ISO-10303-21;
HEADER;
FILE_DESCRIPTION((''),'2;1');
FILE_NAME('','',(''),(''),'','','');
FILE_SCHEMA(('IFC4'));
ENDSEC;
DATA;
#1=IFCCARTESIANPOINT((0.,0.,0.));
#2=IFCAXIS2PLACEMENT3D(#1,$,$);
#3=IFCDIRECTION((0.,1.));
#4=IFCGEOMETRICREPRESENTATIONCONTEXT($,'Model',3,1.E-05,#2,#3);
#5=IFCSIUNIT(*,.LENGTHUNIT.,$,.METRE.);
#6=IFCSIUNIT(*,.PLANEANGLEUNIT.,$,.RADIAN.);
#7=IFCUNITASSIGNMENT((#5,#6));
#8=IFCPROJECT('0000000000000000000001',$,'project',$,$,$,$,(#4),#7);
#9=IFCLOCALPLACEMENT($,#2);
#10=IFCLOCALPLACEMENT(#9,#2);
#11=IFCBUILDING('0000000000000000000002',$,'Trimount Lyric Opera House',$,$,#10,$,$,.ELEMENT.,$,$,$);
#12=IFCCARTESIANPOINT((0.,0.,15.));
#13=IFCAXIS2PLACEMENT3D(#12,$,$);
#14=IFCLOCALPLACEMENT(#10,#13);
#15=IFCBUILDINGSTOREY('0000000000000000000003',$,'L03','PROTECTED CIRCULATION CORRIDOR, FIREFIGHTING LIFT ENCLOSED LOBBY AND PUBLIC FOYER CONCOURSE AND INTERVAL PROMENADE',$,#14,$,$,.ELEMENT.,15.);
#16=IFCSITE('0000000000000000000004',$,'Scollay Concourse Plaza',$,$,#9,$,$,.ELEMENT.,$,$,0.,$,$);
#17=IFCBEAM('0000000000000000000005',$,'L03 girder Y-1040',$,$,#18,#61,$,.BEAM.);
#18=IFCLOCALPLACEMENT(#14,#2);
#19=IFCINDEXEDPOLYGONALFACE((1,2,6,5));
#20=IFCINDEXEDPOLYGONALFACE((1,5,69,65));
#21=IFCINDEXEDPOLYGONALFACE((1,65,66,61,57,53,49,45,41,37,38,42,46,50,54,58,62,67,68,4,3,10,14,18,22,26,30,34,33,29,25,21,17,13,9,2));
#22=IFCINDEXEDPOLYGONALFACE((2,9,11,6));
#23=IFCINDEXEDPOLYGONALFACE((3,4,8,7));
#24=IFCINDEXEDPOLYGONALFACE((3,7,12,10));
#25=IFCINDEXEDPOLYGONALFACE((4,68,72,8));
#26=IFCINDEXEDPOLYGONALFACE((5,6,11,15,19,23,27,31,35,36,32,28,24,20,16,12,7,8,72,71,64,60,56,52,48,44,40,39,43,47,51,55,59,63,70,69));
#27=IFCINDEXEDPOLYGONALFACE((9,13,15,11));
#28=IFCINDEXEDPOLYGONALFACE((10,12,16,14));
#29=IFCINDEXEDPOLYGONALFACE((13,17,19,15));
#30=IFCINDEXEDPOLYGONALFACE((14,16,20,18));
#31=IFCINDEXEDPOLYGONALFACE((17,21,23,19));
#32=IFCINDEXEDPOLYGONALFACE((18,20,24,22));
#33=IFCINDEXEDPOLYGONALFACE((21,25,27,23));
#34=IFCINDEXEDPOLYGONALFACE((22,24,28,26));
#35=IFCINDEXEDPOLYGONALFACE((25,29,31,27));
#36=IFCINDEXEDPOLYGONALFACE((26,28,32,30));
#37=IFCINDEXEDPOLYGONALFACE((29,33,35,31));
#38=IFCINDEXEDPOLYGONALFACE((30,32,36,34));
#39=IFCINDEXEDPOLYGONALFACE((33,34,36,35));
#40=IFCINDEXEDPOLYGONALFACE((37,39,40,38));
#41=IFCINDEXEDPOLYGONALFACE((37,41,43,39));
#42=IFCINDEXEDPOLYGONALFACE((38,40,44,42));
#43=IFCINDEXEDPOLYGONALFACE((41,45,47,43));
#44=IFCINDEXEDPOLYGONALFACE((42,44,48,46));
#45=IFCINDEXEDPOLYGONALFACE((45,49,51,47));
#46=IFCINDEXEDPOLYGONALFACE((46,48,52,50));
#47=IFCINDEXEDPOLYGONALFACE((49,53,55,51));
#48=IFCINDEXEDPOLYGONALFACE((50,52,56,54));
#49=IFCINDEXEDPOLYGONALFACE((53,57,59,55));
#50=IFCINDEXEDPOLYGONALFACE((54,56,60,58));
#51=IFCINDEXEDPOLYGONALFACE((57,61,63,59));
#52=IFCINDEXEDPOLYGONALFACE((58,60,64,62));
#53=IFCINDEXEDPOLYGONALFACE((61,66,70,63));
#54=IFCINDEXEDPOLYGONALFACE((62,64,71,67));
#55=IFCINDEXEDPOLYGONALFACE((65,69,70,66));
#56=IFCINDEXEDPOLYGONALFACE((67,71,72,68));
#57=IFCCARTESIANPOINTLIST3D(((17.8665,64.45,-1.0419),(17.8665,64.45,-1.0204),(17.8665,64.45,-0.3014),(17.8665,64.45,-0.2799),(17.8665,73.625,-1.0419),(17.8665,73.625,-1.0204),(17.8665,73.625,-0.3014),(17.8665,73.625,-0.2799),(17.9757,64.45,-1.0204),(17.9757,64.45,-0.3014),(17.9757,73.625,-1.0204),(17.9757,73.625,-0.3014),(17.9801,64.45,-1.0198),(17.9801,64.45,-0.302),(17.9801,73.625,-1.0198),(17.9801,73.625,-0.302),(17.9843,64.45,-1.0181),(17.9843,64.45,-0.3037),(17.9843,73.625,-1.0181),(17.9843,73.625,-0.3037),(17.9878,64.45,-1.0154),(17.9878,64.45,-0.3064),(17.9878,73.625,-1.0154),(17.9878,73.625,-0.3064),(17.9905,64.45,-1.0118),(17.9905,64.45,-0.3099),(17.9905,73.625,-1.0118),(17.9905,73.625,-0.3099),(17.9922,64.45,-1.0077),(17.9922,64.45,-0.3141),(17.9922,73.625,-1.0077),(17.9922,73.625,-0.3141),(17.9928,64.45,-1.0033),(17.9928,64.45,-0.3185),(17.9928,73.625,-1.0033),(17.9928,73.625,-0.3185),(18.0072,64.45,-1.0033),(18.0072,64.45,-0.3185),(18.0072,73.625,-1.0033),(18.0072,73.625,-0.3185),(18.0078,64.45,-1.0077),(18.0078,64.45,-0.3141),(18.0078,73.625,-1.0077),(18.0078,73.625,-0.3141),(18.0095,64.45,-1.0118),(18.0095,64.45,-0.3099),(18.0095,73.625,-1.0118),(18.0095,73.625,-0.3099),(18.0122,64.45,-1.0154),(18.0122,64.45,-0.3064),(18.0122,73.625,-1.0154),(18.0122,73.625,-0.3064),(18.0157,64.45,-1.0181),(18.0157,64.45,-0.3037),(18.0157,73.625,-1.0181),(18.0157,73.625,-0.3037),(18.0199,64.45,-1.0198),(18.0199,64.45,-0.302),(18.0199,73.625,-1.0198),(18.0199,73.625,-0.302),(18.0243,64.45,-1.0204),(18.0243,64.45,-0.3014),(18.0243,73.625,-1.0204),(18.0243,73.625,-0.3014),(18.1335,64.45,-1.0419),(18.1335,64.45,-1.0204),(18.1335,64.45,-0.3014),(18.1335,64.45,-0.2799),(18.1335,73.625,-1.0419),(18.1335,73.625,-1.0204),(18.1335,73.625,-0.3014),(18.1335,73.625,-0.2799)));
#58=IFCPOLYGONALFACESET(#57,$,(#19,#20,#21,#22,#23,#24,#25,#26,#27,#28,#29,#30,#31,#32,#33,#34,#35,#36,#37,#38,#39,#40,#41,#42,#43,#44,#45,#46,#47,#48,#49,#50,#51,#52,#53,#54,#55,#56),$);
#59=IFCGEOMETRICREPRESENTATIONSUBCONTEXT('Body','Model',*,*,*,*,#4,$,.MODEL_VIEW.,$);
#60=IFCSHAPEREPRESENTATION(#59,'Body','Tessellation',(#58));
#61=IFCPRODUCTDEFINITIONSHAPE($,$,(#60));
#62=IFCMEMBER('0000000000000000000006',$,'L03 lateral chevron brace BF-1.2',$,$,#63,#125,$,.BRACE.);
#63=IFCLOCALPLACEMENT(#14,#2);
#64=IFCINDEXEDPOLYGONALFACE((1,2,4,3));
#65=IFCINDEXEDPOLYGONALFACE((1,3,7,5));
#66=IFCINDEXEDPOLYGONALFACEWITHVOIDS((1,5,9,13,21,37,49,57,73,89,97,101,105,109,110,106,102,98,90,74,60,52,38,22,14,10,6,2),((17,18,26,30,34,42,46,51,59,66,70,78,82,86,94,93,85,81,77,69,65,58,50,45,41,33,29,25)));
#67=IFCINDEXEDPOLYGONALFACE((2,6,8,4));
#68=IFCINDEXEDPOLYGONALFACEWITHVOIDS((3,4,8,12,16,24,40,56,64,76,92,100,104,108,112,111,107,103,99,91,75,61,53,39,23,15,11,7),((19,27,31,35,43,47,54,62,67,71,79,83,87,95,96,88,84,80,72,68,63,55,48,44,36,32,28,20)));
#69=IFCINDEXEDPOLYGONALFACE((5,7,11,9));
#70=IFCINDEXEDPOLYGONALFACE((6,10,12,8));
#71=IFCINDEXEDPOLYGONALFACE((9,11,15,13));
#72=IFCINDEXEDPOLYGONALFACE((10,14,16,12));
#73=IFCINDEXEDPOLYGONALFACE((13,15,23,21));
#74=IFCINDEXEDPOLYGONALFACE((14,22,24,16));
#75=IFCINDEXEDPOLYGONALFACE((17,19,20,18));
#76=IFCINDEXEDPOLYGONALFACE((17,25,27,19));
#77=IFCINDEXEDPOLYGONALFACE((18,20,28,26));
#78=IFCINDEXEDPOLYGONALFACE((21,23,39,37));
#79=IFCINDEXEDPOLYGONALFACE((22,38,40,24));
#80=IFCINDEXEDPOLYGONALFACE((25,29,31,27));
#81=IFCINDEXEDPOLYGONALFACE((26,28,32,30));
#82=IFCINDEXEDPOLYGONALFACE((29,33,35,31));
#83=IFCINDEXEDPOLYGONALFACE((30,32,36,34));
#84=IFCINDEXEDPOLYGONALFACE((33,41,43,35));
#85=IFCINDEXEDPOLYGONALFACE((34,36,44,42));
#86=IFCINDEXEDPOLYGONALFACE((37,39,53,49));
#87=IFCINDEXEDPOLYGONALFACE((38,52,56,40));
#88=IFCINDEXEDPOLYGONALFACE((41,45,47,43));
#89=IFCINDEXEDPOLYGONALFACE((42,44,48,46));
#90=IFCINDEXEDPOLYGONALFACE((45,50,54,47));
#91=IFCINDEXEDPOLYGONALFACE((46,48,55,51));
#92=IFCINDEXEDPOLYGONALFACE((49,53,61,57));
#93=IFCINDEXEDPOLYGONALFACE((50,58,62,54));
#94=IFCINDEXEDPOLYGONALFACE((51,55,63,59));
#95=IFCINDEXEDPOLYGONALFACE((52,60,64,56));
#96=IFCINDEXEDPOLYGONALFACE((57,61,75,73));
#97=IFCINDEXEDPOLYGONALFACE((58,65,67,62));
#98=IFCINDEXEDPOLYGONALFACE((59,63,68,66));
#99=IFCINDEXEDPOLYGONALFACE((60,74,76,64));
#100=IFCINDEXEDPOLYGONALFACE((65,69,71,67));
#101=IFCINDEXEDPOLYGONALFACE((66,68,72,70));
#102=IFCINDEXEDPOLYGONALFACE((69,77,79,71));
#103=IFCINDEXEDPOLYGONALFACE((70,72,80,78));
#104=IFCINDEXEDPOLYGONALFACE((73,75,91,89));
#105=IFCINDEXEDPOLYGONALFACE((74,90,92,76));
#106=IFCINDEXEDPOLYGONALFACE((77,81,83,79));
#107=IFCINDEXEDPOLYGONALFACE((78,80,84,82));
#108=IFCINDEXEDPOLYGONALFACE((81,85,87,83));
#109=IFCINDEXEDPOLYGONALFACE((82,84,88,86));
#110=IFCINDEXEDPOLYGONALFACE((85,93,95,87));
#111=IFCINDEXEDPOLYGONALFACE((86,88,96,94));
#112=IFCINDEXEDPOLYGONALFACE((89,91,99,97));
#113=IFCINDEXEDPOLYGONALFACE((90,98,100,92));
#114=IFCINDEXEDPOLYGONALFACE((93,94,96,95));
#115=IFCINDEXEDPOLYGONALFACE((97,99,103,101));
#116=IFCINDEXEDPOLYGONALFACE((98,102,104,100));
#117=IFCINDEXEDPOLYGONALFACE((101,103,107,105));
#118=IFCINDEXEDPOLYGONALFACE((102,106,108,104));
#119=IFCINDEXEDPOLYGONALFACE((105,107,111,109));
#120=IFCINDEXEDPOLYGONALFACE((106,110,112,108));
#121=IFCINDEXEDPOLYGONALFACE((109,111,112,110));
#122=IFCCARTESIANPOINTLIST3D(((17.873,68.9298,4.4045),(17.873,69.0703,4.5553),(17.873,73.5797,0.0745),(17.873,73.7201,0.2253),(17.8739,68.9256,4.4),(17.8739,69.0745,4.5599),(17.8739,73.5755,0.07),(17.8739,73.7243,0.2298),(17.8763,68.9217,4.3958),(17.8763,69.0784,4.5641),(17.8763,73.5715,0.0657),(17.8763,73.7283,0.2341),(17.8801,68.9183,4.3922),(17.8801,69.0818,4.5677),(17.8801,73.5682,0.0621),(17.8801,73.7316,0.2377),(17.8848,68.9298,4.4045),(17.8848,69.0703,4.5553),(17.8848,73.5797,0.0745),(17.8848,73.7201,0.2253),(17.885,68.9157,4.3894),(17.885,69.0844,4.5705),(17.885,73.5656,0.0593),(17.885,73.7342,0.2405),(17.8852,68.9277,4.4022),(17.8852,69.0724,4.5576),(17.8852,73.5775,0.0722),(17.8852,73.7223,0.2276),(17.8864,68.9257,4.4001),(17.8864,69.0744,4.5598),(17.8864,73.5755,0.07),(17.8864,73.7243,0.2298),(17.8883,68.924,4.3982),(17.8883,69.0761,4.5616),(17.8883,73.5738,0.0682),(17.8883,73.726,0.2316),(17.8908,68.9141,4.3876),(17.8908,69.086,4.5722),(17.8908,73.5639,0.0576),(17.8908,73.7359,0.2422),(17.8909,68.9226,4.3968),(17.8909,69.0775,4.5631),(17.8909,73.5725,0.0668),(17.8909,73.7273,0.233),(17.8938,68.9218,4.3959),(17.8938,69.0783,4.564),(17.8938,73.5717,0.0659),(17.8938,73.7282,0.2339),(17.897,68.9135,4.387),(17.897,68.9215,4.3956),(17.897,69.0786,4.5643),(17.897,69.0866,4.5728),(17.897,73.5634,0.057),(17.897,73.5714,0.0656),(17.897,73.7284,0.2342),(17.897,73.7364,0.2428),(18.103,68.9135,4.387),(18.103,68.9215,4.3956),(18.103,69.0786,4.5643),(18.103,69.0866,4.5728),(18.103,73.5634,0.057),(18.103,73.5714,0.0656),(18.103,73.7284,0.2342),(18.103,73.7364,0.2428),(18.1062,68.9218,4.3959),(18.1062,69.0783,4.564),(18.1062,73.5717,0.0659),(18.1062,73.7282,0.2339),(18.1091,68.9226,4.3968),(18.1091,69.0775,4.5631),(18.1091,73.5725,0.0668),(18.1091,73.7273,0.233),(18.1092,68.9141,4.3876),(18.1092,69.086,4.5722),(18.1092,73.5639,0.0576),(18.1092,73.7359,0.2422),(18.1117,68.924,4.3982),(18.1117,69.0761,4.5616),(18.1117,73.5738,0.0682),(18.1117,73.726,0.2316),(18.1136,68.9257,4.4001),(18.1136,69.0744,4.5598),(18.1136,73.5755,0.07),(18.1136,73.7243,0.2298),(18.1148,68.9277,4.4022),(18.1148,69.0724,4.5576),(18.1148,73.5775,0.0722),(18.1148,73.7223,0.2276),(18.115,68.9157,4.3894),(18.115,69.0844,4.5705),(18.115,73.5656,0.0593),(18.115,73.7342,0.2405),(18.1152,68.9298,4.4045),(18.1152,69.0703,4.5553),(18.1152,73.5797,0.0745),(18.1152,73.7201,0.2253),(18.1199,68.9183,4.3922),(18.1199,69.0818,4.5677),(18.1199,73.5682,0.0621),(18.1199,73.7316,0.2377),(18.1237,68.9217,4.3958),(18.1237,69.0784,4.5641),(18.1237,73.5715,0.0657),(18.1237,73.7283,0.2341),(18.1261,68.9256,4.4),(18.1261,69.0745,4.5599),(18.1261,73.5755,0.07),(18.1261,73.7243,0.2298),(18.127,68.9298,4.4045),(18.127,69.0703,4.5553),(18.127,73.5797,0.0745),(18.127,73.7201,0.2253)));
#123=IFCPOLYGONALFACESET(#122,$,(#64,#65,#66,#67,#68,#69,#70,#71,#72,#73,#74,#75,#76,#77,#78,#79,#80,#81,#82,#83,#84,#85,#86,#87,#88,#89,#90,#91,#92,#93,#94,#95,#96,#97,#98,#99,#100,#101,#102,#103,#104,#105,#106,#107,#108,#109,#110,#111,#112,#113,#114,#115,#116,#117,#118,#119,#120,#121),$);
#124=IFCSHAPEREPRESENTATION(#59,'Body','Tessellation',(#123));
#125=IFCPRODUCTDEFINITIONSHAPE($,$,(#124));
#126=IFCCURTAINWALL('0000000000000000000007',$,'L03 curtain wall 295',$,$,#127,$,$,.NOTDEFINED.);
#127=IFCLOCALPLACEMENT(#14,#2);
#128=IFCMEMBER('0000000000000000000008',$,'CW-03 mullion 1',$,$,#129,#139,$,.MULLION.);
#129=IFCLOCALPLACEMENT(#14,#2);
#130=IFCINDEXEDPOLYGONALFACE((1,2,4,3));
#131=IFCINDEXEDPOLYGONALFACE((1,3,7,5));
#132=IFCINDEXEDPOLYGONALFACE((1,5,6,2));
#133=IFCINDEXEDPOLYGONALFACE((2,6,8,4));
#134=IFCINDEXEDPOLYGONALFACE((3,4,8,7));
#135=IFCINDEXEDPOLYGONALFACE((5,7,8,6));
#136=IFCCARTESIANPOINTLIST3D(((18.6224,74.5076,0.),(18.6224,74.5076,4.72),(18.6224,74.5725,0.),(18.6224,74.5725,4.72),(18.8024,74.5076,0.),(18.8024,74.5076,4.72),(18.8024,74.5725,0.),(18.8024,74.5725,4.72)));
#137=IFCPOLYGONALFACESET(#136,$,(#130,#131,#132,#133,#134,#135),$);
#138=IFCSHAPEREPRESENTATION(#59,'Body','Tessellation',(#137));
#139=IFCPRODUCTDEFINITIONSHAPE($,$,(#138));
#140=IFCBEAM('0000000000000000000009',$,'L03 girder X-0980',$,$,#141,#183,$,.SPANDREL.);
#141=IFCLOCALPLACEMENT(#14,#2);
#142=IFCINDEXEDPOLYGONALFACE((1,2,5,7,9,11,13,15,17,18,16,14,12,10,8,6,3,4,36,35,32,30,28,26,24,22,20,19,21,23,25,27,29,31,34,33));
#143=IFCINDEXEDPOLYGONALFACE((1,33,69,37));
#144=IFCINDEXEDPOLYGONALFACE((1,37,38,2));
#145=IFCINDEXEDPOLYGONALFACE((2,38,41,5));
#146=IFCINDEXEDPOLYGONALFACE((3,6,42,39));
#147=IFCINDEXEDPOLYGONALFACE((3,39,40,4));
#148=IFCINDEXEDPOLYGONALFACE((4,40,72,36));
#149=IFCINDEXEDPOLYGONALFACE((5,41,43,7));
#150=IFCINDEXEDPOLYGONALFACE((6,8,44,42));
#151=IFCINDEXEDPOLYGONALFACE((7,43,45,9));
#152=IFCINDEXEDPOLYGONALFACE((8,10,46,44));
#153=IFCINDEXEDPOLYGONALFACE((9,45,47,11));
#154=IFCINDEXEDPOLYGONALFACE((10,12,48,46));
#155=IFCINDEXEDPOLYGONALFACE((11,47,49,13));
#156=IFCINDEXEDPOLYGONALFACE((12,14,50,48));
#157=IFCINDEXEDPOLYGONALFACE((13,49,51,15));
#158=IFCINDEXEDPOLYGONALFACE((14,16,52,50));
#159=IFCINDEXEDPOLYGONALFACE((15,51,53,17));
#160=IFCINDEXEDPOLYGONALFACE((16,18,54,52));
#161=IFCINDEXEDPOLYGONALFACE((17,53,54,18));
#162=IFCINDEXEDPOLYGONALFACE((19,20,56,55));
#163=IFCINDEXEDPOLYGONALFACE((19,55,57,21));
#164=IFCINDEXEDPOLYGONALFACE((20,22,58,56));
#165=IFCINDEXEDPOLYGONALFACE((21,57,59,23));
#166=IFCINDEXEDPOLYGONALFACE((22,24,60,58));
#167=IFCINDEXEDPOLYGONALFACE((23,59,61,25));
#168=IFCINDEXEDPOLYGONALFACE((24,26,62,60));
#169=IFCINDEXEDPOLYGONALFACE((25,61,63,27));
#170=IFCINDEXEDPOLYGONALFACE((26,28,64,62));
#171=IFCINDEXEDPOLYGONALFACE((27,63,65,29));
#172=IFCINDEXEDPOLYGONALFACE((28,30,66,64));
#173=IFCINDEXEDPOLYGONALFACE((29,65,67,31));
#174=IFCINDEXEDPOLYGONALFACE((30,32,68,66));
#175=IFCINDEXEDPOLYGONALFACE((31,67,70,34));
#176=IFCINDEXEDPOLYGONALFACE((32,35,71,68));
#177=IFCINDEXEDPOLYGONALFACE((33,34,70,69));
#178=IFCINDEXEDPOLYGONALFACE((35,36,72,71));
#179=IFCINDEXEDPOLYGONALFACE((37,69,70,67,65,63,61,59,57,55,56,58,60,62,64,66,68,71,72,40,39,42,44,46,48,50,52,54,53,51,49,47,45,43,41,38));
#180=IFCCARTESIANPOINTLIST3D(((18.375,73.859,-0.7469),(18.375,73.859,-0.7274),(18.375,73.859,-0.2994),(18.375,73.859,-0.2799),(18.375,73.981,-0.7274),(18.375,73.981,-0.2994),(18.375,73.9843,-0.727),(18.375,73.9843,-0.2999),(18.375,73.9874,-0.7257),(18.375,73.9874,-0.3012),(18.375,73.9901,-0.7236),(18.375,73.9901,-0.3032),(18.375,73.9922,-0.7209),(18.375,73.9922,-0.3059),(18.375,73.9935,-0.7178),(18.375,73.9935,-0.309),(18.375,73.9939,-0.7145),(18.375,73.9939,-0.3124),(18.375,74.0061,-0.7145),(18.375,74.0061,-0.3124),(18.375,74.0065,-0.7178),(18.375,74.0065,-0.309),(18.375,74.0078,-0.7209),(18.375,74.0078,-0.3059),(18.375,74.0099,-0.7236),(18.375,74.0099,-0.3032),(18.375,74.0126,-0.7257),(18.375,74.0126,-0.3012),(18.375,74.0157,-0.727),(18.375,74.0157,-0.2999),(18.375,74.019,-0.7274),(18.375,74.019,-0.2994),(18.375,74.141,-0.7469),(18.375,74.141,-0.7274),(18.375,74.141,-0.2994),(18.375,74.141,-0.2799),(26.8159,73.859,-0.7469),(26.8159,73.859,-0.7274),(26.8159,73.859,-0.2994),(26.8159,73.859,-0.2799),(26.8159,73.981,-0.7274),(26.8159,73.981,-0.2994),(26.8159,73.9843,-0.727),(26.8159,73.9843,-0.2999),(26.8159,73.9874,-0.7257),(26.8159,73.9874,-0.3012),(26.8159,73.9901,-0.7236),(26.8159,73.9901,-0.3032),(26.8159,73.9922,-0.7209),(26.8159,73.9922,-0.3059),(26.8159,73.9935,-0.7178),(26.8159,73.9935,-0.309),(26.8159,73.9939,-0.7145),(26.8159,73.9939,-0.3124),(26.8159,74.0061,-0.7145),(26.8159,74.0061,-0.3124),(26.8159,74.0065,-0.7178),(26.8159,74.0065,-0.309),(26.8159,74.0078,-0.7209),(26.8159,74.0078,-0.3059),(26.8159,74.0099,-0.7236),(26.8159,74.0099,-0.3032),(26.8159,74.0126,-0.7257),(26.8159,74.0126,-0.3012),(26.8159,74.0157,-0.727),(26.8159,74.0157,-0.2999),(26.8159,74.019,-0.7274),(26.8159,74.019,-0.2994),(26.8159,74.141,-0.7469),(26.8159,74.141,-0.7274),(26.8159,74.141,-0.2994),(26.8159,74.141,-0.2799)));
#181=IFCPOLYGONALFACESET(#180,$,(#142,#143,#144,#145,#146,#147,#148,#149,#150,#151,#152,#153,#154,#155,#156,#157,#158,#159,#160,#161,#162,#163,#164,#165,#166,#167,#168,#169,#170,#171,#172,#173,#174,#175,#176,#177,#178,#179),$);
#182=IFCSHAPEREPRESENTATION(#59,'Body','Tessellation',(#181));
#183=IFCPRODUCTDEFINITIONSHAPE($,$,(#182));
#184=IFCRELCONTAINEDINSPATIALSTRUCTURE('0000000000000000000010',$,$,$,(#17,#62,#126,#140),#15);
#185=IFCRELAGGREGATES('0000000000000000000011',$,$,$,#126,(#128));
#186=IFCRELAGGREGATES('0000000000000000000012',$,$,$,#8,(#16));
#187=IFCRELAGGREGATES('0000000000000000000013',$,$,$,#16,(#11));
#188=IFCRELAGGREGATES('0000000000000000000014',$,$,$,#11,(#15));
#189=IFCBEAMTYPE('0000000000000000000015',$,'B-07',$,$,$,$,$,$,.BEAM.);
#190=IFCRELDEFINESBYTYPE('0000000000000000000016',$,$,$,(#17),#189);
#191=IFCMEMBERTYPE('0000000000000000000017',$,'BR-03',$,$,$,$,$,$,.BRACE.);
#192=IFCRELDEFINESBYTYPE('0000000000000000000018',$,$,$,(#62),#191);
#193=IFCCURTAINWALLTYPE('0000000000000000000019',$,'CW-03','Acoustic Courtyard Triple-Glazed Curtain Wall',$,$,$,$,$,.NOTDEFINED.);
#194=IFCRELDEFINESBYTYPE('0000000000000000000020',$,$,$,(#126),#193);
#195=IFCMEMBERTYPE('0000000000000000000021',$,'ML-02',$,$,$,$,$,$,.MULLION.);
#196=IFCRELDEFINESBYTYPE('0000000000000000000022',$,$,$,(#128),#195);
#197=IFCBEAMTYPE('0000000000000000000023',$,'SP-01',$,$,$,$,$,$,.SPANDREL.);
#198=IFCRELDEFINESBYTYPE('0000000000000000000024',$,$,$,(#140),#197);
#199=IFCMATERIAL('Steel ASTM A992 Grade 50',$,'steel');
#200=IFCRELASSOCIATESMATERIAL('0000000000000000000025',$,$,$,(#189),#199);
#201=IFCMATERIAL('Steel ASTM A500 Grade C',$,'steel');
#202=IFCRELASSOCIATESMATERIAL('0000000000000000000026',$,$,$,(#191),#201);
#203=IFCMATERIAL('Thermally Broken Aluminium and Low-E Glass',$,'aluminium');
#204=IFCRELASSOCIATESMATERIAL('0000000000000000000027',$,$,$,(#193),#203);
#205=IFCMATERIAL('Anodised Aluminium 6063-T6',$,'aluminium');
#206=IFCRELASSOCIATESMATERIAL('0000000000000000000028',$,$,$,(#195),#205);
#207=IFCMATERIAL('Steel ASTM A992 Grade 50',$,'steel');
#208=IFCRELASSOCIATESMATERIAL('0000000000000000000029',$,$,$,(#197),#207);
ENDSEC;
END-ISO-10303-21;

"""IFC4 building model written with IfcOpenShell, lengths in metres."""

from ifc_helpers import new_model, si_unit, direction, frame, origin, origin_2d, place, context, subcontext, project, spatial, rectangle, hollow_rectangle, i_section, extrude, material, material_profile, profile_set, type_object, element, aggregate, save


model = new_model("IFC4")

# Units and contexts
model_context = context("Model", 3, precision=1e-05, world=origin(), true_north=direction((0.0, 1.0)))
body_context = subcontext(model_context, "Body", "Model", "MODEL_VIEW")
ifc_project = project(units=[si_unit("LENGTHUNIT", "METRE"), si_unit("PLANEANGLEUNIT", "RADIAN")], contexts=[model_context])

# Site, building, storey
site_placement = place(None, origin())
site = spatial("IfcSite", under=ifc_project, at=site_placement, Name="Scollay Concourse Plaza", CompositionType="ELEMENT", RefElevation=0.0)
building_placement = place(site_placement, origin())
building = spatial("IfcBuilding", under=site, at=building_placement, Name="Trimount Lyric Opera House", CompositionType="ELEMENT")
storey_placement = place(building_placement, frame((0.0, 0.0, 15.0)))
storey = spatial("IfcBuildingStorey", under=building, at=storey_placement, Name="L03", Description="PROTECTED CIRCULATION CORRIDOR, FIREFIGHTING LIFT ENCLOSED LOBBY AND PUBLIC FOYER CONCOURSE AND INTERVAL PROMENADE", CompositionType="ELEMENT", Elevation=15.0)

# Beam
ifc_material_1 = material(Name="Steel ASTM A992 Grade 50", Category="steel")
ifc_material_profile_1 = material_profile(ifc_material_1, i_section(OverallWidth=0.2671, OverallDepth=0.762, WebThickness=0.0144, FlangeThickness=0.0215, FilletRadius=0.0171, at=origin_2d()), Name="W30X116")
ifc_profile_set_1 = profile_set([ifc_material_profile_1], Name="Steel ASTM A992 Grade 50")
beam_type_1 = type_object("IfcBeamType", Name="B-07", PredefinedType="BEAM", material=ifc_profile_set_1)
beam_1_placement = place(storey_placement, frame((18.0, 64.45, -0.6609), z_axis=(0.0, 1.0, 0.0), x_axis=(-1.0, 0.0, 0.0)))
element("IfcBeam", 1, at=beam_1_placement, inside=storey, type_object=beam_type_1, Name="L03 girder Y-1040", PredefinedType="BEAM", context=body_context, shape_type="SweptSolid", body=[
    extrude(i_section(OverallWidth=0.2671, OverallDepth=0.762, WebThickness=0.0144, FlangeThickness=0.0215, FilletRadius=0.0171, at=origin_2d()), origin(), (0.0, 0.0, 1.0), 9.175),
])

# Member
ifc_material_2 = material(Name="Steel ASTM A500 Grade C", Category="steel")
ifc_material_profile_2 = material_profile(ifc_material_2, hollow_rectangle(XDim=0.2539, YDim=0.2539, WallThickness=0.0117, InnerFilletRadius=0.0122, OuterFilletRadius=0.0239, at=origin_2d()), Name="HSS254.0X254.0X12.7")
ifc_profile_set_2 = profile_set([ifc_material_profile_2], Name="Steel ASTM A500 Grade C")
member_type_1 = type_object("IfcMemberType", Name="BR-03", PredefinedType="BRACE", material=ifc_profile_set_2)
member_1_placement = place(storey_placement, frame((18.0, 73.6499, 0.1499), z_axis=(0.0, -0.731827, 0.681491), x_axis=(1.0, 0.0, 0.0)))
element("IfcMember", 2, at=member_1_placement, inside=storey, type_object=member_type_1, Name="L03 lateral chevron brace BF-1.2", PredefinedType="BRACE", context=body_context, shape_type="SweptSolid", body=[
    extrude(hollow_rectangle(XDim=0.2539, YDim=0.2539, WallThickness=0.0117, InnerFilletRadius=0.0122, OuterFilletRadius=0.0239, at=origin_2d()), origin(), (0.0, 0.0, 1.0), 6.3538),
])

# Curtain wall, member
ifc_material_3 = material(Name="Thermally Broken Aluminium and Low-E Glass", Category="aluminium")
curtain_wall_type = type_object("IfcCurtainWallType", Name="CW-03", Description="Acoustic Courtyard Triple-Glazed Curtain Wall", PredefinedType="NOTDEFINED", material=ifc_material_3)
curtain_wall_placement = place(storey_placement, origin())
curtain_wall = element("IfcCurtainWall", 3, at=curtain_wall_placement, inside=storey, type_object=curtain_wall_type, Name="L03 curtain wall 295", PredefinedType="NOTDEFINED")
ifc_material_4 = material(Name="Anodised Aluminium 6063-T6", Category="aluminium")
ifc_material_profile_3 = material_profile(ifc_material_4, rectangle(XDim=0.0649, YDim=0.1799, at=origin_2d()), Name="ALU-MULL-65X180")
ifc_profile_set_3 = profile_set([ifc_material_profile_3], Name="Anodised Aluminium 6063-T6")
member_type_2 = type_object("IfcMemberType", Name="ML-02", PredefinedType="MULLION", material=ifc_profile_set_3)
member_2_placement = place(storey_placement, frame((18.7124, 74.54, 0.0), z_axis=(0.0, 0.0, 1.0), x_axis=(0.0, 1.0, 0.0)))
member_2 = element("IfcMember", 4, at=member_2_placement, type_object=member_type_2, Name="CW-03 mullion 1", PredefinedType="MULLION", context=body_context, shape_type="SweptSolid", body=[
    extrude(rectangle(XDim=0.0649, YDim=0.1799, at=origin_2d()), origin(), (0.0, 0.0, 1.0), 4.72),
])

# Beam
ifc_material_5 = material(Name="Steel ASTM A992 Grade 50", Category="steel")
ifc_material_profile_4 = material_profile(ifc_material_5, i_section(OverallWidth=0.282, OverallDepth=0.467, WebThickness=0.0122, FlangeThickness=0.0195, FilletRadius=0.0129, at=origin_2d()), Name="W18X86")
ifc_profile_set_4 = profile_set([ifc_material_profile_4], Name="Steel ASTM A992 Grade 50")
beam_type_2 = type_object("IfcBeamType", Name="SP-01", PredefinedType="SPANDREL", material=ifc_profile_set_4)
beam_2_placement = place(storey_placement, frame((18.375, 74.0, -0.5134), z_axis=(1.0, 0.0, 0.0), x_axis=(0.0, 1.0, 0.0)))
element("IfcBeam", 5, at=beam_2_placement, inside=storey, type_object=beam_type_2, Name="L03 girder X-0980", PredefinedType="SPANDREL", context=body_context, shape_type="SweptSolid", body=[
    extrude(i_section(OverallWidth=0.282, OverallDepth=0.467, WebThickness=0.0122, FlangeThickness=0.0195, FilletRadius=0.0129, at=origin_2d()), origin(), (0.0, 0.0, 1.0), 8.4409),
])

aggregate(curtain_wall, [member_2])

save(model, "model.ifc")
